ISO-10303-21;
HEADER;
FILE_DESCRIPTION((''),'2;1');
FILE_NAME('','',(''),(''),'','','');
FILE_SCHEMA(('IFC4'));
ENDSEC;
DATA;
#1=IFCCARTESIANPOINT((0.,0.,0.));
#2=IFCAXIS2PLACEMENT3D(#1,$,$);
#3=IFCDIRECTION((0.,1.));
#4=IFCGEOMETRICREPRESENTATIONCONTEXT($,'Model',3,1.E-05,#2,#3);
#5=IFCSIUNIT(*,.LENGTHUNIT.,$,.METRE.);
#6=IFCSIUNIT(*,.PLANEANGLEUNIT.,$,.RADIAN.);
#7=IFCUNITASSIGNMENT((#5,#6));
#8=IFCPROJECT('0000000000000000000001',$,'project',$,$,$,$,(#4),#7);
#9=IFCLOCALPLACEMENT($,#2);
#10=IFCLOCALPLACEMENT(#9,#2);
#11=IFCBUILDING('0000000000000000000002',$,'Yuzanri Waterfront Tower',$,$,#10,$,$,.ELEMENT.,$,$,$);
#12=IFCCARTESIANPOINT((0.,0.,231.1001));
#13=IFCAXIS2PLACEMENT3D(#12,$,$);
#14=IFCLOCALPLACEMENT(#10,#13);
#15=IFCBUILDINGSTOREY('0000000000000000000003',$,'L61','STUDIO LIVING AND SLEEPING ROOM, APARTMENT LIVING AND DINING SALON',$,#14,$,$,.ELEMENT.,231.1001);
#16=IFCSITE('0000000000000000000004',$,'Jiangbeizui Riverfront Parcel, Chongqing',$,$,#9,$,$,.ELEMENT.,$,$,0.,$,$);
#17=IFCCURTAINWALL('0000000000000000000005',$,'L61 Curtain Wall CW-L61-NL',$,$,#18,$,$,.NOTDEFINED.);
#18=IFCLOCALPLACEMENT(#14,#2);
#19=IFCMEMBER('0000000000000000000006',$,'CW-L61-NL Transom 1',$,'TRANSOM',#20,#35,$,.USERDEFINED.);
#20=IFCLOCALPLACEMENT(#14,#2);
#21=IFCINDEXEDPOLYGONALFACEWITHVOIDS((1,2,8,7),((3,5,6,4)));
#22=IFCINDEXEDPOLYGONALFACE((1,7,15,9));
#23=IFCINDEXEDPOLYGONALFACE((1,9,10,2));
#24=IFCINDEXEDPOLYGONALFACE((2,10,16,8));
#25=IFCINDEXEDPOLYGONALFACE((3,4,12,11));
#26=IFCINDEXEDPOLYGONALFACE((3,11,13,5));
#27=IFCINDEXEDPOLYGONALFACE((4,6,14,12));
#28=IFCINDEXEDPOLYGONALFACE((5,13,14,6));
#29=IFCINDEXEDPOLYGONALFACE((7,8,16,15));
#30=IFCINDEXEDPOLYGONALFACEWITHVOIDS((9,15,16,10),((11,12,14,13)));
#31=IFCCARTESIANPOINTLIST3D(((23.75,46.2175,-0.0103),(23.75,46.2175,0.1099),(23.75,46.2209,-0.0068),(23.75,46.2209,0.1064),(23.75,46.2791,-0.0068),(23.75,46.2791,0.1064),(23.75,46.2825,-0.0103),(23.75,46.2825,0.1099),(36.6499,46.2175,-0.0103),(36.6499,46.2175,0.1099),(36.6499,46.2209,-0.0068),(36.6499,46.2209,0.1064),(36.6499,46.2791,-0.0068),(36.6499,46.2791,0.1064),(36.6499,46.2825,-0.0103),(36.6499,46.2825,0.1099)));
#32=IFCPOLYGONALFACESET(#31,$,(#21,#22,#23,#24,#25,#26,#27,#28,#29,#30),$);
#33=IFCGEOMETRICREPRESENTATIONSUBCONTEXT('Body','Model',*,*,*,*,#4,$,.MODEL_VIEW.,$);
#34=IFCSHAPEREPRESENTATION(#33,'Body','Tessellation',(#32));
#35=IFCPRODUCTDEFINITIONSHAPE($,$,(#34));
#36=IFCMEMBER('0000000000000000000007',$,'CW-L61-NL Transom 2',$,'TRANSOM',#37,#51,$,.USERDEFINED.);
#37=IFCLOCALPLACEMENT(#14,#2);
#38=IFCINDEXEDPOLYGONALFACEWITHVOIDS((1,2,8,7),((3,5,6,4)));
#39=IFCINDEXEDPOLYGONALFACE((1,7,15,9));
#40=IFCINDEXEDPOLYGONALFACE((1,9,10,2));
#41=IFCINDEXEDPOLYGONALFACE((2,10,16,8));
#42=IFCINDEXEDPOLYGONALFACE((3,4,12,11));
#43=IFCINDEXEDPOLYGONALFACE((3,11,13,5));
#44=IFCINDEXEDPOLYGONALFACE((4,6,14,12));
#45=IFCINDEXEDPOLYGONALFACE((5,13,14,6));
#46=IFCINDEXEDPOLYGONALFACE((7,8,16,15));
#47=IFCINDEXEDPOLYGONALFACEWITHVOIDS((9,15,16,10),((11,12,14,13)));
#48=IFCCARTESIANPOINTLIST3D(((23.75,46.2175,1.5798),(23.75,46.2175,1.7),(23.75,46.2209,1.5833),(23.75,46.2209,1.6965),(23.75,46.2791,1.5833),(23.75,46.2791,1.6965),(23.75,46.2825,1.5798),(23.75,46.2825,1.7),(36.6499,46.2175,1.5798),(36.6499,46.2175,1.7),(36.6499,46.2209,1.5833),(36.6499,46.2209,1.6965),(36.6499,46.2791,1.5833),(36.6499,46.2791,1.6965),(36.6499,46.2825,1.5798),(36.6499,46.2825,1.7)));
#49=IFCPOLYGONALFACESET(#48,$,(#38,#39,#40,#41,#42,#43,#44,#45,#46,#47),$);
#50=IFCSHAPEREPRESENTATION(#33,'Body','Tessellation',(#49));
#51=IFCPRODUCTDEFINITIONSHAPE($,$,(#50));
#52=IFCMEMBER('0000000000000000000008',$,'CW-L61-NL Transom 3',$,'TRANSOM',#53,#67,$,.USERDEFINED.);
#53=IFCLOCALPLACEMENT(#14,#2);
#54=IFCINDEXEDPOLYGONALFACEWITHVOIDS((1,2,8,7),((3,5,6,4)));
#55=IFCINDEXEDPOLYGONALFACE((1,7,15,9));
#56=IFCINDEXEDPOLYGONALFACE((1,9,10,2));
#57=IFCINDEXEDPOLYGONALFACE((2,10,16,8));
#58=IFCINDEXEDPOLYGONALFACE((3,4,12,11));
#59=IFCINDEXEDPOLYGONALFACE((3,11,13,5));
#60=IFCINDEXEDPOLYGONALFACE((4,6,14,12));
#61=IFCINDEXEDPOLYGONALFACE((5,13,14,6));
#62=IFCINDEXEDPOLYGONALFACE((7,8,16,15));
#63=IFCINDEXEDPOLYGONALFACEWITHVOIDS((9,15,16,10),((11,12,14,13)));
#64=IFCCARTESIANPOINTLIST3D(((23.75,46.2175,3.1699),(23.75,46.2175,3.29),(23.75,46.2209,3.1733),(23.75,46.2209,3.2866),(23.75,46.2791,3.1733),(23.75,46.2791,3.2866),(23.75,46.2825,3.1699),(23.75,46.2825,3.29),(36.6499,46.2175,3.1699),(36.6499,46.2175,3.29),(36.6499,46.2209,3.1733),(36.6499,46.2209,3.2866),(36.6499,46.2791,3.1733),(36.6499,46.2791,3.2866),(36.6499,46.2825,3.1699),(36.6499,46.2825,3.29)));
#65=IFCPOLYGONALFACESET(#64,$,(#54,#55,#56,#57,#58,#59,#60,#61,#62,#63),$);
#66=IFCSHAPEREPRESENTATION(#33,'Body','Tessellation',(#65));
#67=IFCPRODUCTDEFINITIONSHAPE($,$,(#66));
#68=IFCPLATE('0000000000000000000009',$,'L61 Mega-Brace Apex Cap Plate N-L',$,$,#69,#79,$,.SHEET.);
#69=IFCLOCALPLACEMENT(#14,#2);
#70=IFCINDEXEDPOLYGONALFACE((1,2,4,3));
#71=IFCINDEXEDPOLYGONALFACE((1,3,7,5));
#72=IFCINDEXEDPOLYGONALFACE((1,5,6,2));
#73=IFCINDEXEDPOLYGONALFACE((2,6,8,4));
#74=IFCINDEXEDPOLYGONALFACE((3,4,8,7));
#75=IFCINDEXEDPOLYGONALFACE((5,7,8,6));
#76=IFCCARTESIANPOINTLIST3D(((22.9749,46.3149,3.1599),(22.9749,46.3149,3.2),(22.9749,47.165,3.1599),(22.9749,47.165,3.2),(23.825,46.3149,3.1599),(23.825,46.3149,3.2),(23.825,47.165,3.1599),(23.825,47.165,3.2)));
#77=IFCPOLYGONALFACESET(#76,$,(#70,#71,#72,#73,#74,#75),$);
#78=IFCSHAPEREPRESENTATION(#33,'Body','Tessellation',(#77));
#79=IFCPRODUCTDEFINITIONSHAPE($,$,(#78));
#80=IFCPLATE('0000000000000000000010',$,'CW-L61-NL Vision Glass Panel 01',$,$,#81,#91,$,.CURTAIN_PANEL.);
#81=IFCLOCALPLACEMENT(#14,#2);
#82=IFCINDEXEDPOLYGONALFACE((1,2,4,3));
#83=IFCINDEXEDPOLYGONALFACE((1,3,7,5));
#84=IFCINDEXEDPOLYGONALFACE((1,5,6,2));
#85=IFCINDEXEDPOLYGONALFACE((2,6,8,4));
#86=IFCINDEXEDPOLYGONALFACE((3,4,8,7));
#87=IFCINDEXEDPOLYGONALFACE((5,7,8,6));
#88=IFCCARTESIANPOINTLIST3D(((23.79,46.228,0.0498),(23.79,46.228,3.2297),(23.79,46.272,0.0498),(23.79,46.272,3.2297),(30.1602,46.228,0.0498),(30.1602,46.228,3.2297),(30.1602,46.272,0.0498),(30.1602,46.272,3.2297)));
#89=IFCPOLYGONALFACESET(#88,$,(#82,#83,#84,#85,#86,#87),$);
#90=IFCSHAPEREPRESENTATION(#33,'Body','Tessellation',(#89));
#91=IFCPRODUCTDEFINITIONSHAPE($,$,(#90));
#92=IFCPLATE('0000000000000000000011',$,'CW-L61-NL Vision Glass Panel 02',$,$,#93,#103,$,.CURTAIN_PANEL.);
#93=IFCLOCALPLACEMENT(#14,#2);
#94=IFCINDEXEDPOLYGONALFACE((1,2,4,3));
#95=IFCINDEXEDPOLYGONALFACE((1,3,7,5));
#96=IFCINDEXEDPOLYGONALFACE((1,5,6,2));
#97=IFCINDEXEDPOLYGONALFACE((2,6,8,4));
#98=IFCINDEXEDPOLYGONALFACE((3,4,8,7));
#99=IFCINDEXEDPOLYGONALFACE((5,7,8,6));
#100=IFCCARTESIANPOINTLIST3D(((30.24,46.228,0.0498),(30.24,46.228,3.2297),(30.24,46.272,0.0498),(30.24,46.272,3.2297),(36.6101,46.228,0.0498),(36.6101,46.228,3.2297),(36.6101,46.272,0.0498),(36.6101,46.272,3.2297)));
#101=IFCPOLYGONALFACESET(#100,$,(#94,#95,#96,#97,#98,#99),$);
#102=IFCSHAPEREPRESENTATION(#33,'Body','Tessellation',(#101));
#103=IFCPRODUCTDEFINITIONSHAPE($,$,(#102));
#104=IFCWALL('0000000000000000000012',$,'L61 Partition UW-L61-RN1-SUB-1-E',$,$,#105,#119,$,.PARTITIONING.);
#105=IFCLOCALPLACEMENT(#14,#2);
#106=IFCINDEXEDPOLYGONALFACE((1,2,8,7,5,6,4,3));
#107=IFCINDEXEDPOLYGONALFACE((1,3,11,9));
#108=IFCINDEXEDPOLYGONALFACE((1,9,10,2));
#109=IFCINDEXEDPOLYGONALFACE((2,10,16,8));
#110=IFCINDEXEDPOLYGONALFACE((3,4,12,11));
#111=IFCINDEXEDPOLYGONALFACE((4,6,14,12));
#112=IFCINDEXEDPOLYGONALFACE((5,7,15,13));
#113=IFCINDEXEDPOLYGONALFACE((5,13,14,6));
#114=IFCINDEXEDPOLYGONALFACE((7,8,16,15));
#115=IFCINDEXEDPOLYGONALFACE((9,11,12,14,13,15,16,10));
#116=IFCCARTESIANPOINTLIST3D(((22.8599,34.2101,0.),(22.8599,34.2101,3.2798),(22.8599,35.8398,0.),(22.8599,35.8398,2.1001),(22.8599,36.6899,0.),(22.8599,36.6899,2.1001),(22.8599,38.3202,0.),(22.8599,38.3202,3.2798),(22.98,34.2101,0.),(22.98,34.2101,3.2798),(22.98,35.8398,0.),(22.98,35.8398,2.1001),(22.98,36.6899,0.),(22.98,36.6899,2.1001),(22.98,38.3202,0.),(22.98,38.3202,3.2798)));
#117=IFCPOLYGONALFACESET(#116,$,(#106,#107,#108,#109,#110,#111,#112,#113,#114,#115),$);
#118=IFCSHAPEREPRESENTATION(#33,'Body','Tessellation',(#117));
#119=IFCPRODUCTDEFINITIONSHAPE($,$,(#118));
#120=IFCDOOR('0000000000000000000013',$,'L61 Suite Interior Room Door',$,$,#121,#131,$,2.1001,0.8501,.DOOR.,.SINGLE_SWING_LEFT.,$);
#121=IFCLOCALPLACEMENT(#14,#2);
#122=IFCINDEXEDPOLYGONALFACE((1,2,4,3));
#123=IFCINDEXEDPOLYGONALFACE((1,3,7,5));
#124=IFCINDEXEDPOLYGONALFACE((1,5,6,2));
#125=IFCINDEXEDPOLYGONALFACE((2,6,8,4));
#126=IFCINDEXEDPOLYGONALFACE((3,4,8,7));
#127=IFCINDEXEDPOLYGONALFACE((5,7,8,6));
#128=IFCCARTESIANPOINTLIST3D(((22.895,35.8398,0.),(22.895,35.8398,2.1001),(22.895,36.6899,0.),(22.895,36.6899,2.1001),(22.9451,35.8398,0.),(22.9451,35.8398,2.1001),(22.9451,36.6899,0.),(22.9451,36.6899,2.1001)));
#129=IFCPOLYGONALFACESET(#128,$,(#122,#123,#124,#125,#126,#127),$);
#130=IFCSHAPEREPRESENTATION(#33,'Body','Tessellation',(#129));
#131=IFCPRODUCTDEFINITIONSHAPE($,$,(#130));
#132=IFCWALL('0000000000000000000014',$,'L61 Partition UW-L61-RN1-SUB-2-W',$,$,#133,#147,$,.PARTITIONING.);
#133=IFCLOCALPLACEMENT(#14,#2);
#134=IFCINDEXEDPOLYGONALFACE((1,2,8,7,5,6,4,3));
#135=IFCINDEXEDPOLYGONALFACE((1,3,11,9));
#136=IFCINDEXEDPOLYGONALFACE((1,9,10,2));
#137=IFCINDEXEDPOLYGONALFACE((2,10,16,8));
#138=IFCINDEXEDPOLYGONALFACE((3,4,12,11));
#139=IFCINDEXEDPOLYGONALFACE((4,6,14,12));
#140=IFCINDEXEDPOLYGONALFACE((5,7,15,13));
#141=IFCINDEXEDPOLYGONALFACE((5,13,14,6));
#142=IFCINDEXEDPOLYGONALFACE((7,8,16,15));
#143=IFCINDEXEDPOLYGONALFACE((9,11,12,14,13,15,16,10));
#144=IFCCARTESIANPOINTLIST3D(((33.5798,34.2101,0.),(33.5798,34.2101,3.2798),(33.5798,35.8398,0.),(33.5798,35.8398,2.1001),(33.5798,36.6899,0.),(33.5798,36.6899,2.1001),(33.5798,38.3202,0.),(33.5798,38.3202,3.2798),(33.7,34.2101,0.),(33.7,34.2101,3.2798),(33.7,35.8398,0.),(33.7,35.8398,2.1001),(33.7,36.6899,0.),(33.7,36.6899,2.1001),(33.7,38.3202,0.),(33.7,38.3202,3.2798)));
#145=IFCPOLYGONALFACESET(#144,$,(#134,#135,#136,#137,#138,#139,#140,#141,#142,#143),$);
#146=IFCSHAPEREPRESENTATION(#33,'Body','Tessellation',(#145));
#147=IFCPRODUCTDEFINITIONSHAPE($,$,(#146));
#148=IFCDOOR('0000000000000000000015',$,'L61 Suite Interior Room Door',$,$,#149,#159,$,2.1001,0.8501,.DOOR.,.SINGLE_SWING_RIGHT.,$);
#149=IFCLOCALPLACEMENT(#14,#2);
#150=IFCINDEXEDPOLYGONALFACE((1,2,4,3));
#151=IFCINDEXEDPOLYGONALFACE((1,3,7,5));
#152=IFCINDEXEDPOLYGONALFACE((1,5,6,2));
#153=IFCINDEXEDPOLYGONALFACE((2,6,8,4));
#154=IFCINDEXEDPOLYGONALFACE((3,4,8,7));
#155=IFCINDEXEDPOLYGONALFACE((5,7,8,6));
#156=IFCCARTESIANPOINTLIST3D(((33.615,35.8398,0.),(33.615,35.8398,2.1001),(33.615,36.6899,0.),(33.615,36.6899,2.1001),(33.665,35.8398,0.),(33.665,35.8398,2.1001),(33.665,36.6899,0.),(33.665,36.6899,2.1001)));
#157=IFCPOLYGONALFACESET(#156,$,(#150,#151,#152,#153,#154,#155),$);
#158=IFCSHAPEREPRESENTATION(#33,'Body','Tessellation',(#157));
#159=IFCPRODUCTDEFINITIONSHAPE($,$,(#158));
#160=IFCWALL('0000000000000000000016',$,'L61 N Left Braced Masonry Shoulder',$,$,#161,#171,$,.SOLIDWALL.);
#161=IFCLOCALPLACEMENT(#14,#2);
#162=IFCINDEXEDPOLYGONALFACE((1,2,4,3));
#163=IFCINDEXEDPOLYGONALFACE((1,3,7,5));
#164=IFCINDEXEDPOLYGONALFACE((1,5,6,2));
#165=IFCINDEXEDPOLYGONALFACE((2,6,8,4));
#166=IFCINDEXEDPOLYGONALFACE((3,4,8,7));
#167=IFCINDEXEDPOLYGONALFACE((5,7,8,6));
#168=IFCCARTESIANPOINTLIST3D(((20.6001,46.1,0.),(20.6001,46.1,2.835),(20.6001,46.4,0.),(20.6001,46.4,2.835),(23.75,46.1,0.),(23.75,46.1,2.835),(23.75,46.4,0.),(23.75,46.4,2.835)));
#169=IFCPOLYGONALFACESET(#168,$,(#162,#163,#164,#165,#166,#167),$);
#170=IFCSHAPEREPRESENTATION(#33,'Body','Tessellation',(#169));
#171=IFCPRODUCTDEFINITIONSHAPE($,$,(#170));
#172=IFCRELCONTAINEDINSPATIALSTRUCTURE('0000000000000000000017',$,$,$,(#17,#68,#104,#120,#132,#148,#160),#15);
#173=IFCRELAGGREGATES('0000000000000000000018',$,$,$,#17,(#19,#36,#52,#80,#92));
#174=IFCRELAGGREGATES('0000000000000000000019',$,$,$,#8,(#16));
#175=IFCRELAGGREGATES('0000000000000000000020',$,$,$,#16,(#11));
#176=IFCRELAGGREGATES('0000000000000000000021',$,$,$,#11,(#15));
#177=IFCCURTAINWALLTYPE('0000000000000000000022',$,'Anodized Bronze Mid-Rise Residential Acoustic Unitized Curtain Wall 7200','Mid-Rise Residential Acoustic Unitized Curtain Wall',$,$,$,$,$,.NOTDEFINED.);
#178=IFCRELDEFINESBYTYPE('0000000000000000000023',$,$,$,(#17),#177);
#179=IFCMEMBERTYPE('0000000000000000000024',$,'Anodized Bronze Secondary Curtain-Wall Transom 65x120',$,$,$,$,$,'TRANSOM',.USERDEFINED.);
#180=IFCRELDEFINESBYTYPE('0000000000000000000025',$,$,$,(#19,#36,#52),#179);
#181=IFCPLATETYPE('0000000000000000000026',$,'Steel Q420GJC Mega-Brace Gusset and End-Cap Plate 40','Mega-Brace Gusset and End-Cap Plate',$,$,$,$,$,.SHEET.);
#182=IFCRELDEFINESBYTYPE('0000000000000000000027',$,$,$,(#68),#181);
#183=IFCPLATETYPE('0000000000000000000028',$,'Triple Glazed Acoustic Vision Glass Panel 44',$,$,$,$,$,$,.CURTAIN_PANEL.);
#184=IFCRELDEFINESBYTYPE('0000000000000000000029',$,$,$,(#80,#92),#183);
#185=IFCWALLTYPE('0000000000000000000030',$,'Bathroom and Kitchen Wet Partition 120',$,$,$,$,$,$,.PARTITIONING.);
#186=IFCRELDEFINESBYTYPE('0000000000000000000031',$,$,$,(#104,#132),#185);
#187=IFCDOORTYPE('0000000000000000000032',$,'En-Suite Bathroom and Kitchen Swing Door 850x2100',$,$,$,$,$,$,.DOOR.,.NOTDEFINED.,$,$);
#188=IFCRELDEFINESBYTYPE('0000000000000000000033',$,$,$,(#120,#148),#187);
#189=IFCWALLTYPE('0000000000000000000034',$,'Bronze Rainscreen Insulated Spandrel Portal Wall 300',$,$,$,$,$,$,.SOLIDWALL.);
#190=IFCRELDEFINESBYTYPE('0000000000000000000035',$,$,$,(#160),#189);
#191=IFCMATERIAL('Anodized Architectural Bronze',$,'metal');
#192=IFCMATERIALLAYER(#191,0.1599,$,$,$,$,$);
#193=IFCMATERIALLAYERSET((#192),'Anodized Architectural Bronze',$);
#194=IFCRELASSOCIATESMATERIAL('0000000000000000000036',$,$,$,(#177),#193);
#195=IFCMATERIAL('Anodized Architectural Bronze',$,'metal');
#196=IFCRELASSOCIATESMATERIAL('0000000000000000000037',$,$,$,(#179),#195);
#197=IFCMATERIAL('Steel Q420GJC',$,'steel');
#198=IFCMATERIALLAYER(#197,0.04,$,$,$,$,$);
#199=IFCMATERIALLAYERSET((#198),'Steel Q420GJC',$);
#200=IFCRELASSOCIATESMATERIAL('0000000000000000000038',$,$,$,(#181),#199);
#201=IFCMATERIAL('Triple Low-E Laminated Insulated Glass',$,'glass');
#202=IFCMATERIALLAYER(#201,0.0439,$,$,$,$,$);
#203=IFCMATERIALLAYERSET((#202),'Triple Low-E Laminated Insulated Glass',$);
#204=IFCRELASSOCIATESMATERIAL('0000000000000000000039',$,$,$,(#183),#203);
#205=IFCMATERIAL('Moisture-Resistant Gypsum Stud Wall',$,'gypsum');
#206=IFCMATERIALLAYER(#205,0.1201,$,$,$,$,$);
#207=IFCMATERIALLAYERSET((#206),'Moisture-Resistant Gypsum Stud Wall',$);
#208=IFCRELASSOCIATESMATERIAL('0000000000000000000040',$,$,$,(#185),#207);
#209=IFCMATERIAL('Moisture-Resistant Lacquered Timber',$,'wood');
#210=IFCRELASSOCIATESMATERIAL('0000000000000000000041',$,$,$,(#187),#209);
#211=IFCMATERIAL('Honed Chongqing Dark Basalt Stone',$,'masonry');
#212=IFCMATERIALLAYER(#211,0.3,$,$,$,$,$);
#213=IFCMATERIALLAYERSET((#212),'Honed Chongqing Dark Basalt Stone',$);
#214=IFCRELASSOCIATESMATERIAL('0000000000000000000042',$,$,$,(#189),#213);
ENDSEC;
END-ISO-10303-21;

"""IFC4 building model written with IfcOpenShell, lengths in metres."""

from ifc_helpers import new_model, si_unit, direction, frame, frame_2d, origin, origin_2d, place, context, subcontext, project, spatial, rectangle, hollow_rectangle, extrude, source, transform, mapped, material, layer, layer_set, material_profile, profile_set, type_object, element, fill, aggregate, save


model = new_model("IFC4")

# Units and contexts
model_context = context("Model", 3, precision=1e-05, world=origin(), true_north=direction((0.0, 1.0)))
body_context = subcontext(model_context, "Body", "Model", "MODEL_VIEW")
ifc_project = project(units=[si_unit("LENGTHUNIT", "METRE"), si_unit("PLANEANGLEUNIT", "RADIAN")], contexts=[model_context])

# Site, building, storey
site_placement = place(None, origin())
site = spatial("IfcSite", under=ifc_project, at=site_placement, Name="Jiangbeizui Riverfront Parcel, Chongqing", CompositionType="ELEMENT", RefElevation=0.0)
building_placement = place(site_placement, origin())
building = spatial("IfcBuilding", under=site, at=building_placement, Name="Yuzanri Waterfront Tower", CompositionType="ELEMENT")
storey_placement = place(building_placement, frame((0.0, 0.0, 231.1001)))
storey = spatial("IfcBuildingStorey", under=building, at=storey_placement, Name="L61", Description="STUDIO LIVING AND SLEEPING ROOM, APARTMENT LIVING AND DINING SALON", CompositionType="ELEMENT", Elevation=231.1001)

# Curtain wall, members
ifc_material_1 = material(Name="Anodized Architectural Bronze", Category="metal")
ifc_layer_1 = layer(ifc_material_1, 0.1599)
ifc_layer_set_1 = layer_set([ifc_layer_1], Name="Anodized Architectural Bronze")
curtain_wall_type = type_object("IfcCurtainWallType", Name="Anodized Bronze Mid-Rise Residential Acoustic Unitized Curtain Wall 7200", Description="Mid-Rise Residential Acoustic Unitized Curtain Wall", PredefinedType="NOTDEFINED", material=ifc_layer_set_1)
curtain_wall_placement = place(storey_placement, origin())
curtain_wall = element("IfcCurtainWall", 1, at=curtain_wall_placement, inside=storey, type_object=curtain_wall_type, Name="L61 Curtain Wall CW-L61-NL", PredefinedType="NOTDEFINED")
ifc_material_2 = material(Name="Anodized Architectural Bronze", Category="metal")
ifc_material_profile_1 = material_profile(ifc_material_2, hollow_rectangle(XDim=0.0649, YDim=0.1201, WallThickness=0.0034, at=origin_2d()), Name="CWT 65x120")
ifc_profile_set_1 = profile_set([ifc_material_profile_1], Name="Anodized Architectural Bronze")
member_type_1 = type_object("IfcMemberType", Name="Anodized Bronze Secondary Curtain-Wall Transom 65x120", ElementType="TRANSOM", PredefinedType="USERDEFINED", material=ifc_profile_set_1)
shared_shape_1 = source(origin(), body_context, "Body", "SweptSolid", [
    extrude(hollow_rectangle(XDim=0.0649, YDim=0.1201, WallThickness=0.0034, at=origin_2d()), origin(), (0.0, 0.0, 1.0), 12.8999),
])
member_1_placement = place(storey_placement, frame((23.75, 46.25, 0.0498), z_axis=(1.0, 0.0, 0.0), x_axis=(0.0, 1.0, 0.0)))
member_1 = element("IfcMember", 2, at=member_1_placement, type_object=member_type_1, Name="CW-L61-NL Transom 1", ObjectType="TRANSOM", PredefinedType="USERDEFINED", context=body_context, shape_type="MappedRepresentation", body=[
    mapped(shared_shape_1, transform((0.0, 0.0, 0.0), scale=1.0)),
])
member_2_placement = place(storey_placement, frame((23.75, 46.25, 1.6399), z_axis=(1.0, 0.0, 0.0), x_axis=(0.0, 1.0, 0.0)))
member_2 = element("IfcMember", 3, at=member_2_placement, type_object=member_type_1, Name="CW-L61-NL Transom 2", ObjectType="TRANSOM", PredefinedType="USERDEFINED", context=body_context, shape_type="MappedRepresentation", body=[
    mapped(shared_shape_1, transform((0.0, 0.0, 0.0), scale=1.0)),
])
member_3_placement = place(storey_placement, frame((23.75, 46.25, 3.23), z_axis=(1.0, 0.0, 0.0), x_axis=(0.0, 1.0, 0.0)))
member_3 = element("IfcMember", 4, at=member_3_placement, type_object=member_type_1, Name="CW-L61-NL Transom 3", ObjectType="TRANSOM", PredefinedType="USERDEFINED", context=body_context, shape_type="MappedRepresentation", body=[
    mapped(shared_shape_1, transform((0.0, 0.0, 0.0), scale=1.0)),
])

# Plates
ifc_material_3 = material(Name="Steel Q420GJC", Category="steel")
ifc_layer_2 = layer(ifc_material_3, 0.04)
ifc_layer_set_2 = layer_set([ifc_layer_2], Name="Steel Q420GJC")
plate_type_1 = type_object("IfcPlateType", Name="Steel Q420GJC Mega-Brace Gusset and End-Cap Plate 40", Description="Mega-Brace Gusset and End-Cap Plate", PredefinedType="SHEET", material=ifc_layer_set_2)
shared_shape_2 = source(origin(), body_context, "Body", "SweptSolid", [
    extrude(rectangle(XDim=0.8501, YDim=0.8501, at=origin_2d()), origin(), (0.0, 0.0, 1.0), 0.04),
])
plate_1_placement = place(storey_placement, frame((23.3999, 46.74, 3.1599), z_axis=(0.0, 0.0, 1.0), x_axis=(1.0, 0.0, 0.0)))
element("IfcPlate", 5, at=plate_1_placement, inside=storey, type_object=plate_type_1, Name="L61 Mega-Brace Apex Cap Plate N-L", PredefinedType="SHEET", context=body_context, shape_type="MappedRepresentation", body=[
    mapped(shared_shape_2, transform((0.0, 0.0, 0.0), scale=1.0)),
])
ifc_material_4 = material(Name="Triple Low-E Laminated Insulated Glass", Category="glass")
ifc_layer_3 = layer(ifc_material_4, 0.0439)
ifc_layer_set_3 = layer_set([ifc_layer_3], Name="Triple Low-E Laminated Insulated Glass")
plate_type_2 = type_object("IfcPlateType", Name="Triple Glazed Acoustic Vision Glass Panel 44", PredefinedType="CURTAIN_PANEL", material=ifc_layer_set_3)
shared_shape_3 = source(origin(), body_context, "Body", "SweptSolid", [
    extrude(rectangle(XDim=6.3701, YDim=0.0439, at=origin_2d()), origin(), (0.0, 0.0, 1.0), 3.1799),
])
plate_2_placement = place(storey_placement, frame((26.9751, 46.25, 0.0498), z_axis=(0.0, 0.0, 1.0), x_axis=(1.0, 0.0, 0.0)))
plate_2 = element("IfcPlate", 6, at=plate_2_placement, type_object=plate_type_2, Name="CW-L61-NL Vision Glass Panel 01", PredefinedType="CURTAIN_PANEL", context=body_context, shape_type="MappedRepresentation", body=[
    mapped(shared_shape_3, transform((0.0, 0.0, 0.0), scale=1.0)),
])
plate_3_placement = place(storey_placement, frame((33.425, 46.25, 0.0498), z_axis=(0.0, 0.0, 1.0), x_axis=(1.0, 0.0, 0.0)))
plate_3 = element("IfcPlate", 7, at=plate_3_placement, type_object=plate_type_2, Name="CW-L61-NL Vision Glass Panel 02", PredefinedType="CURTAIN_PANEL", context=body_context, shape_type="MappedRepresentation", body=[
    mapped(shared_shape_3, transform((0.0, 0.0, 0.0), scale=1.0)),
])
aggregate(curtain_wall, [member_1, member_2, member_3, plate_2, plate_3])

# Walls, openings, doors
ifc_material_5 = material(Name="Moisture-Resistant Gypsum Stud Wall", Category="gypsum")
ifc_layer_4 = layer(ifc_material_5, 0.1201)
ifc_layer_set_4 = layer_set([ifc_layer_4], Name="Moisture-Resistant Gypsum Stud Wall")
wall_type_1 = type_object("IfcWallType", Name="Bathroom and Kitchen Wet Partition 120", PredefinedType="PARTITIONING", material=ifc_layer_set_4)
wall_1_placement = place(storey_placement, frame((22.9199, 34.21, 0.0), z_axis=(0.0, 0.0, 1.0), x_axis=(0.0, 1.0, 0.0)))
wall_1 = element("IfcWall", 8, at=wall_1_placement, inside=storey, type_object=wall_type_1, Name="L61 Partition UW-L61-RN1-SUB-1-E", PredefinedType="PARTITIONING", context=body_context, shape_type="SweptSolid", body=[
    extrude(rectangle(XDim=4.1101, YDim=0.1201, at=frame_2d((2.0552, 0.0))), origin(), (0.0, 0.0, 1.0), 3.2798),
])
opening_1_placement = place(wall_1_placement, frame((1.6299, 0.0, 0.0)))
opening_1 = element("IfcOpeningElement", 9, at=opening_1_placement, cuts=wall_1, PredefinedType="OPENING", context=body_context, shape_type="SweptSolid", body=[
    extrude(rectangle(XDim=0.8501, YDim=2.1001, at=frame_2d((0.425, 1.05))), frame((0.0, 0.075, 0.0), z_axis=(0.0, -1.0, 0.0), x_axis=(1.0, 0.0, 0.0)), (0.0, 0.0, 1.0), 0.1499),
])
ifc_material_6 = material(Name="Moisture-Resistant Lacquered Timber", Category="wood")
door_type = type_object("IfcDoorType", Name="En-Suite Bathroom and Kitchen Swing Door 850x2100", OperationType="NOTDEFINED", PredefinedType="DOOR", material=ifc_material_6)
shared_shape_4 = source(origin(), body_context, "Body", "SweptSolid", [
    extrude(rectangle(XDim=0.8501, YDim=2.1001, at=frame_2d((0.425, 1.05))), frame((0.0, 0.0249, 0.0), z_axis=(0.0, -1.0, 0.0), x_axis=(1.0, 0.0, 0.0)), (0.0, 0.0, 1.0), 0.05),
])
door_1_placement = place(opening_1_placement, origin())
door_1 = element("IfcDoor", 10, at=door_1_placement, inside=storey, type_object=door_type, Name="L61 Suite Interior Room Door", OperationType="SINGLE_SWING_LEFT", OverallHeight=2.1001, OverallWidth=0.8501, PredefinedType="DOOR", context=body_context, shape_type="MappedRepresentation", body=[
    mapped(shared_shape_4, transform((0.0, 0.0, 0.0), scale=1.0)),
])
fill(opening_1, door_1)
wall_2_placement = place(storey_placement, frame((33.6399, 34.21, 0.0), z_axis=(0.0, 0.0, 1.0), x_axis=(0.0, 1.0, 0.0)))
wall_2 = element("IfcWall", 11, at=wall_2_placement, inside=storey, type_object=wall_type_1, Name="L61 Partition UW-L61-RN1-SUB-2-W", PredefinedType="PARTITIONING", context=body_context, shape_type="SweptSolid", body=[
    extrude(rectangle(XDim=4.1101, YDim=0.1201, at=frame_2d((2.0552, 0.0))), origin(), (0.0, 0.0, 1.0), 3.2798),
])
opening_2_placement = place(wall_2_placement, frame((1.6299, 0.0, 0.0)))
opening_2 = element("IfcOpeningElement", 12, at=opening_2_placement, cuts=wall_2, PredefinedType="OPENING", context=body_context, shape_type="SweptSolid", body=[
    extrude(rectangle(XDim=0.8501, YDim=2.1001, at=frame_2d((0.425, 1.05))), frame((0.0, 0.075, 0.0), z_axis=(0.0, -1.0, 0.0), x_axis=(1.0, 0.0, 0.0)), (0.0, 0.0, 1.0), 0.1499),
])
door_2_placement = place(opening_2_placement, origin())
door_2 = element("IfcDoor", 13, at=door_2_placement, inside=storey, type_object=door_type, Name="L61 Suite Interior Room Door", OperationType="SINGLE_SWING_RIGHT", OverallHeight=2.1001, OverallWidth=0.8501, PredefinedType="DOOR", context=body_context, shape_type="MappedRepresentation", body=[
    mapped(shared_shape_4, transform((0.0, 0.0, 0.0), scale=1.0)),
])
fill(opening_2, door_2)

# Wall
ifc_material_7 = material(Name="Honed Chongqing Dark Basalt Stone", Category="masonry")
ifc_layer_5 = layer(ifc_material_7, 0.3)
ifc_layer_set_5 = layer_set([ifc_layer_5], Name="Honed Chongqing Dark Basalt Stone")
wall_type_2 = type_object("IfcWallType", Name="Bronze Rainscreen Insulated Spandrel Portal Wall 300", PredefinedType="SOLIDWALL", material=ifc_layer_set_5)
shared_shape_5 = source(origin(), body_context, "Body", "SweptSolid", [
    extrude(rectangle(XDim=3.1499, YDim=0.3, at=frame_2d((1.575, 0.0))), origin(), (0.0, 0.0, 1.0), 2.835),
])
wall_3_placement = place(storey_placement, frame((20.6001, 46.25, 0.0), z_axis=(0.0, 0.0, 1.0), x_axis=(1.0, 0.0, 0.0)))
element("IfcWall", 14, at=wall_3_placement, inside=storey, type_object=wall_type_2, Name="L61 N Left Braced Masonry Shoulder", PredefinedType="SOLIDWALL", context=body_context, shape_type="MappedRepresentation", body=[
    mapped(shared_shape_5, transform((0.0, 0.0, 0.0), scale=1.0)),
])

save(model, "model.ifc")
